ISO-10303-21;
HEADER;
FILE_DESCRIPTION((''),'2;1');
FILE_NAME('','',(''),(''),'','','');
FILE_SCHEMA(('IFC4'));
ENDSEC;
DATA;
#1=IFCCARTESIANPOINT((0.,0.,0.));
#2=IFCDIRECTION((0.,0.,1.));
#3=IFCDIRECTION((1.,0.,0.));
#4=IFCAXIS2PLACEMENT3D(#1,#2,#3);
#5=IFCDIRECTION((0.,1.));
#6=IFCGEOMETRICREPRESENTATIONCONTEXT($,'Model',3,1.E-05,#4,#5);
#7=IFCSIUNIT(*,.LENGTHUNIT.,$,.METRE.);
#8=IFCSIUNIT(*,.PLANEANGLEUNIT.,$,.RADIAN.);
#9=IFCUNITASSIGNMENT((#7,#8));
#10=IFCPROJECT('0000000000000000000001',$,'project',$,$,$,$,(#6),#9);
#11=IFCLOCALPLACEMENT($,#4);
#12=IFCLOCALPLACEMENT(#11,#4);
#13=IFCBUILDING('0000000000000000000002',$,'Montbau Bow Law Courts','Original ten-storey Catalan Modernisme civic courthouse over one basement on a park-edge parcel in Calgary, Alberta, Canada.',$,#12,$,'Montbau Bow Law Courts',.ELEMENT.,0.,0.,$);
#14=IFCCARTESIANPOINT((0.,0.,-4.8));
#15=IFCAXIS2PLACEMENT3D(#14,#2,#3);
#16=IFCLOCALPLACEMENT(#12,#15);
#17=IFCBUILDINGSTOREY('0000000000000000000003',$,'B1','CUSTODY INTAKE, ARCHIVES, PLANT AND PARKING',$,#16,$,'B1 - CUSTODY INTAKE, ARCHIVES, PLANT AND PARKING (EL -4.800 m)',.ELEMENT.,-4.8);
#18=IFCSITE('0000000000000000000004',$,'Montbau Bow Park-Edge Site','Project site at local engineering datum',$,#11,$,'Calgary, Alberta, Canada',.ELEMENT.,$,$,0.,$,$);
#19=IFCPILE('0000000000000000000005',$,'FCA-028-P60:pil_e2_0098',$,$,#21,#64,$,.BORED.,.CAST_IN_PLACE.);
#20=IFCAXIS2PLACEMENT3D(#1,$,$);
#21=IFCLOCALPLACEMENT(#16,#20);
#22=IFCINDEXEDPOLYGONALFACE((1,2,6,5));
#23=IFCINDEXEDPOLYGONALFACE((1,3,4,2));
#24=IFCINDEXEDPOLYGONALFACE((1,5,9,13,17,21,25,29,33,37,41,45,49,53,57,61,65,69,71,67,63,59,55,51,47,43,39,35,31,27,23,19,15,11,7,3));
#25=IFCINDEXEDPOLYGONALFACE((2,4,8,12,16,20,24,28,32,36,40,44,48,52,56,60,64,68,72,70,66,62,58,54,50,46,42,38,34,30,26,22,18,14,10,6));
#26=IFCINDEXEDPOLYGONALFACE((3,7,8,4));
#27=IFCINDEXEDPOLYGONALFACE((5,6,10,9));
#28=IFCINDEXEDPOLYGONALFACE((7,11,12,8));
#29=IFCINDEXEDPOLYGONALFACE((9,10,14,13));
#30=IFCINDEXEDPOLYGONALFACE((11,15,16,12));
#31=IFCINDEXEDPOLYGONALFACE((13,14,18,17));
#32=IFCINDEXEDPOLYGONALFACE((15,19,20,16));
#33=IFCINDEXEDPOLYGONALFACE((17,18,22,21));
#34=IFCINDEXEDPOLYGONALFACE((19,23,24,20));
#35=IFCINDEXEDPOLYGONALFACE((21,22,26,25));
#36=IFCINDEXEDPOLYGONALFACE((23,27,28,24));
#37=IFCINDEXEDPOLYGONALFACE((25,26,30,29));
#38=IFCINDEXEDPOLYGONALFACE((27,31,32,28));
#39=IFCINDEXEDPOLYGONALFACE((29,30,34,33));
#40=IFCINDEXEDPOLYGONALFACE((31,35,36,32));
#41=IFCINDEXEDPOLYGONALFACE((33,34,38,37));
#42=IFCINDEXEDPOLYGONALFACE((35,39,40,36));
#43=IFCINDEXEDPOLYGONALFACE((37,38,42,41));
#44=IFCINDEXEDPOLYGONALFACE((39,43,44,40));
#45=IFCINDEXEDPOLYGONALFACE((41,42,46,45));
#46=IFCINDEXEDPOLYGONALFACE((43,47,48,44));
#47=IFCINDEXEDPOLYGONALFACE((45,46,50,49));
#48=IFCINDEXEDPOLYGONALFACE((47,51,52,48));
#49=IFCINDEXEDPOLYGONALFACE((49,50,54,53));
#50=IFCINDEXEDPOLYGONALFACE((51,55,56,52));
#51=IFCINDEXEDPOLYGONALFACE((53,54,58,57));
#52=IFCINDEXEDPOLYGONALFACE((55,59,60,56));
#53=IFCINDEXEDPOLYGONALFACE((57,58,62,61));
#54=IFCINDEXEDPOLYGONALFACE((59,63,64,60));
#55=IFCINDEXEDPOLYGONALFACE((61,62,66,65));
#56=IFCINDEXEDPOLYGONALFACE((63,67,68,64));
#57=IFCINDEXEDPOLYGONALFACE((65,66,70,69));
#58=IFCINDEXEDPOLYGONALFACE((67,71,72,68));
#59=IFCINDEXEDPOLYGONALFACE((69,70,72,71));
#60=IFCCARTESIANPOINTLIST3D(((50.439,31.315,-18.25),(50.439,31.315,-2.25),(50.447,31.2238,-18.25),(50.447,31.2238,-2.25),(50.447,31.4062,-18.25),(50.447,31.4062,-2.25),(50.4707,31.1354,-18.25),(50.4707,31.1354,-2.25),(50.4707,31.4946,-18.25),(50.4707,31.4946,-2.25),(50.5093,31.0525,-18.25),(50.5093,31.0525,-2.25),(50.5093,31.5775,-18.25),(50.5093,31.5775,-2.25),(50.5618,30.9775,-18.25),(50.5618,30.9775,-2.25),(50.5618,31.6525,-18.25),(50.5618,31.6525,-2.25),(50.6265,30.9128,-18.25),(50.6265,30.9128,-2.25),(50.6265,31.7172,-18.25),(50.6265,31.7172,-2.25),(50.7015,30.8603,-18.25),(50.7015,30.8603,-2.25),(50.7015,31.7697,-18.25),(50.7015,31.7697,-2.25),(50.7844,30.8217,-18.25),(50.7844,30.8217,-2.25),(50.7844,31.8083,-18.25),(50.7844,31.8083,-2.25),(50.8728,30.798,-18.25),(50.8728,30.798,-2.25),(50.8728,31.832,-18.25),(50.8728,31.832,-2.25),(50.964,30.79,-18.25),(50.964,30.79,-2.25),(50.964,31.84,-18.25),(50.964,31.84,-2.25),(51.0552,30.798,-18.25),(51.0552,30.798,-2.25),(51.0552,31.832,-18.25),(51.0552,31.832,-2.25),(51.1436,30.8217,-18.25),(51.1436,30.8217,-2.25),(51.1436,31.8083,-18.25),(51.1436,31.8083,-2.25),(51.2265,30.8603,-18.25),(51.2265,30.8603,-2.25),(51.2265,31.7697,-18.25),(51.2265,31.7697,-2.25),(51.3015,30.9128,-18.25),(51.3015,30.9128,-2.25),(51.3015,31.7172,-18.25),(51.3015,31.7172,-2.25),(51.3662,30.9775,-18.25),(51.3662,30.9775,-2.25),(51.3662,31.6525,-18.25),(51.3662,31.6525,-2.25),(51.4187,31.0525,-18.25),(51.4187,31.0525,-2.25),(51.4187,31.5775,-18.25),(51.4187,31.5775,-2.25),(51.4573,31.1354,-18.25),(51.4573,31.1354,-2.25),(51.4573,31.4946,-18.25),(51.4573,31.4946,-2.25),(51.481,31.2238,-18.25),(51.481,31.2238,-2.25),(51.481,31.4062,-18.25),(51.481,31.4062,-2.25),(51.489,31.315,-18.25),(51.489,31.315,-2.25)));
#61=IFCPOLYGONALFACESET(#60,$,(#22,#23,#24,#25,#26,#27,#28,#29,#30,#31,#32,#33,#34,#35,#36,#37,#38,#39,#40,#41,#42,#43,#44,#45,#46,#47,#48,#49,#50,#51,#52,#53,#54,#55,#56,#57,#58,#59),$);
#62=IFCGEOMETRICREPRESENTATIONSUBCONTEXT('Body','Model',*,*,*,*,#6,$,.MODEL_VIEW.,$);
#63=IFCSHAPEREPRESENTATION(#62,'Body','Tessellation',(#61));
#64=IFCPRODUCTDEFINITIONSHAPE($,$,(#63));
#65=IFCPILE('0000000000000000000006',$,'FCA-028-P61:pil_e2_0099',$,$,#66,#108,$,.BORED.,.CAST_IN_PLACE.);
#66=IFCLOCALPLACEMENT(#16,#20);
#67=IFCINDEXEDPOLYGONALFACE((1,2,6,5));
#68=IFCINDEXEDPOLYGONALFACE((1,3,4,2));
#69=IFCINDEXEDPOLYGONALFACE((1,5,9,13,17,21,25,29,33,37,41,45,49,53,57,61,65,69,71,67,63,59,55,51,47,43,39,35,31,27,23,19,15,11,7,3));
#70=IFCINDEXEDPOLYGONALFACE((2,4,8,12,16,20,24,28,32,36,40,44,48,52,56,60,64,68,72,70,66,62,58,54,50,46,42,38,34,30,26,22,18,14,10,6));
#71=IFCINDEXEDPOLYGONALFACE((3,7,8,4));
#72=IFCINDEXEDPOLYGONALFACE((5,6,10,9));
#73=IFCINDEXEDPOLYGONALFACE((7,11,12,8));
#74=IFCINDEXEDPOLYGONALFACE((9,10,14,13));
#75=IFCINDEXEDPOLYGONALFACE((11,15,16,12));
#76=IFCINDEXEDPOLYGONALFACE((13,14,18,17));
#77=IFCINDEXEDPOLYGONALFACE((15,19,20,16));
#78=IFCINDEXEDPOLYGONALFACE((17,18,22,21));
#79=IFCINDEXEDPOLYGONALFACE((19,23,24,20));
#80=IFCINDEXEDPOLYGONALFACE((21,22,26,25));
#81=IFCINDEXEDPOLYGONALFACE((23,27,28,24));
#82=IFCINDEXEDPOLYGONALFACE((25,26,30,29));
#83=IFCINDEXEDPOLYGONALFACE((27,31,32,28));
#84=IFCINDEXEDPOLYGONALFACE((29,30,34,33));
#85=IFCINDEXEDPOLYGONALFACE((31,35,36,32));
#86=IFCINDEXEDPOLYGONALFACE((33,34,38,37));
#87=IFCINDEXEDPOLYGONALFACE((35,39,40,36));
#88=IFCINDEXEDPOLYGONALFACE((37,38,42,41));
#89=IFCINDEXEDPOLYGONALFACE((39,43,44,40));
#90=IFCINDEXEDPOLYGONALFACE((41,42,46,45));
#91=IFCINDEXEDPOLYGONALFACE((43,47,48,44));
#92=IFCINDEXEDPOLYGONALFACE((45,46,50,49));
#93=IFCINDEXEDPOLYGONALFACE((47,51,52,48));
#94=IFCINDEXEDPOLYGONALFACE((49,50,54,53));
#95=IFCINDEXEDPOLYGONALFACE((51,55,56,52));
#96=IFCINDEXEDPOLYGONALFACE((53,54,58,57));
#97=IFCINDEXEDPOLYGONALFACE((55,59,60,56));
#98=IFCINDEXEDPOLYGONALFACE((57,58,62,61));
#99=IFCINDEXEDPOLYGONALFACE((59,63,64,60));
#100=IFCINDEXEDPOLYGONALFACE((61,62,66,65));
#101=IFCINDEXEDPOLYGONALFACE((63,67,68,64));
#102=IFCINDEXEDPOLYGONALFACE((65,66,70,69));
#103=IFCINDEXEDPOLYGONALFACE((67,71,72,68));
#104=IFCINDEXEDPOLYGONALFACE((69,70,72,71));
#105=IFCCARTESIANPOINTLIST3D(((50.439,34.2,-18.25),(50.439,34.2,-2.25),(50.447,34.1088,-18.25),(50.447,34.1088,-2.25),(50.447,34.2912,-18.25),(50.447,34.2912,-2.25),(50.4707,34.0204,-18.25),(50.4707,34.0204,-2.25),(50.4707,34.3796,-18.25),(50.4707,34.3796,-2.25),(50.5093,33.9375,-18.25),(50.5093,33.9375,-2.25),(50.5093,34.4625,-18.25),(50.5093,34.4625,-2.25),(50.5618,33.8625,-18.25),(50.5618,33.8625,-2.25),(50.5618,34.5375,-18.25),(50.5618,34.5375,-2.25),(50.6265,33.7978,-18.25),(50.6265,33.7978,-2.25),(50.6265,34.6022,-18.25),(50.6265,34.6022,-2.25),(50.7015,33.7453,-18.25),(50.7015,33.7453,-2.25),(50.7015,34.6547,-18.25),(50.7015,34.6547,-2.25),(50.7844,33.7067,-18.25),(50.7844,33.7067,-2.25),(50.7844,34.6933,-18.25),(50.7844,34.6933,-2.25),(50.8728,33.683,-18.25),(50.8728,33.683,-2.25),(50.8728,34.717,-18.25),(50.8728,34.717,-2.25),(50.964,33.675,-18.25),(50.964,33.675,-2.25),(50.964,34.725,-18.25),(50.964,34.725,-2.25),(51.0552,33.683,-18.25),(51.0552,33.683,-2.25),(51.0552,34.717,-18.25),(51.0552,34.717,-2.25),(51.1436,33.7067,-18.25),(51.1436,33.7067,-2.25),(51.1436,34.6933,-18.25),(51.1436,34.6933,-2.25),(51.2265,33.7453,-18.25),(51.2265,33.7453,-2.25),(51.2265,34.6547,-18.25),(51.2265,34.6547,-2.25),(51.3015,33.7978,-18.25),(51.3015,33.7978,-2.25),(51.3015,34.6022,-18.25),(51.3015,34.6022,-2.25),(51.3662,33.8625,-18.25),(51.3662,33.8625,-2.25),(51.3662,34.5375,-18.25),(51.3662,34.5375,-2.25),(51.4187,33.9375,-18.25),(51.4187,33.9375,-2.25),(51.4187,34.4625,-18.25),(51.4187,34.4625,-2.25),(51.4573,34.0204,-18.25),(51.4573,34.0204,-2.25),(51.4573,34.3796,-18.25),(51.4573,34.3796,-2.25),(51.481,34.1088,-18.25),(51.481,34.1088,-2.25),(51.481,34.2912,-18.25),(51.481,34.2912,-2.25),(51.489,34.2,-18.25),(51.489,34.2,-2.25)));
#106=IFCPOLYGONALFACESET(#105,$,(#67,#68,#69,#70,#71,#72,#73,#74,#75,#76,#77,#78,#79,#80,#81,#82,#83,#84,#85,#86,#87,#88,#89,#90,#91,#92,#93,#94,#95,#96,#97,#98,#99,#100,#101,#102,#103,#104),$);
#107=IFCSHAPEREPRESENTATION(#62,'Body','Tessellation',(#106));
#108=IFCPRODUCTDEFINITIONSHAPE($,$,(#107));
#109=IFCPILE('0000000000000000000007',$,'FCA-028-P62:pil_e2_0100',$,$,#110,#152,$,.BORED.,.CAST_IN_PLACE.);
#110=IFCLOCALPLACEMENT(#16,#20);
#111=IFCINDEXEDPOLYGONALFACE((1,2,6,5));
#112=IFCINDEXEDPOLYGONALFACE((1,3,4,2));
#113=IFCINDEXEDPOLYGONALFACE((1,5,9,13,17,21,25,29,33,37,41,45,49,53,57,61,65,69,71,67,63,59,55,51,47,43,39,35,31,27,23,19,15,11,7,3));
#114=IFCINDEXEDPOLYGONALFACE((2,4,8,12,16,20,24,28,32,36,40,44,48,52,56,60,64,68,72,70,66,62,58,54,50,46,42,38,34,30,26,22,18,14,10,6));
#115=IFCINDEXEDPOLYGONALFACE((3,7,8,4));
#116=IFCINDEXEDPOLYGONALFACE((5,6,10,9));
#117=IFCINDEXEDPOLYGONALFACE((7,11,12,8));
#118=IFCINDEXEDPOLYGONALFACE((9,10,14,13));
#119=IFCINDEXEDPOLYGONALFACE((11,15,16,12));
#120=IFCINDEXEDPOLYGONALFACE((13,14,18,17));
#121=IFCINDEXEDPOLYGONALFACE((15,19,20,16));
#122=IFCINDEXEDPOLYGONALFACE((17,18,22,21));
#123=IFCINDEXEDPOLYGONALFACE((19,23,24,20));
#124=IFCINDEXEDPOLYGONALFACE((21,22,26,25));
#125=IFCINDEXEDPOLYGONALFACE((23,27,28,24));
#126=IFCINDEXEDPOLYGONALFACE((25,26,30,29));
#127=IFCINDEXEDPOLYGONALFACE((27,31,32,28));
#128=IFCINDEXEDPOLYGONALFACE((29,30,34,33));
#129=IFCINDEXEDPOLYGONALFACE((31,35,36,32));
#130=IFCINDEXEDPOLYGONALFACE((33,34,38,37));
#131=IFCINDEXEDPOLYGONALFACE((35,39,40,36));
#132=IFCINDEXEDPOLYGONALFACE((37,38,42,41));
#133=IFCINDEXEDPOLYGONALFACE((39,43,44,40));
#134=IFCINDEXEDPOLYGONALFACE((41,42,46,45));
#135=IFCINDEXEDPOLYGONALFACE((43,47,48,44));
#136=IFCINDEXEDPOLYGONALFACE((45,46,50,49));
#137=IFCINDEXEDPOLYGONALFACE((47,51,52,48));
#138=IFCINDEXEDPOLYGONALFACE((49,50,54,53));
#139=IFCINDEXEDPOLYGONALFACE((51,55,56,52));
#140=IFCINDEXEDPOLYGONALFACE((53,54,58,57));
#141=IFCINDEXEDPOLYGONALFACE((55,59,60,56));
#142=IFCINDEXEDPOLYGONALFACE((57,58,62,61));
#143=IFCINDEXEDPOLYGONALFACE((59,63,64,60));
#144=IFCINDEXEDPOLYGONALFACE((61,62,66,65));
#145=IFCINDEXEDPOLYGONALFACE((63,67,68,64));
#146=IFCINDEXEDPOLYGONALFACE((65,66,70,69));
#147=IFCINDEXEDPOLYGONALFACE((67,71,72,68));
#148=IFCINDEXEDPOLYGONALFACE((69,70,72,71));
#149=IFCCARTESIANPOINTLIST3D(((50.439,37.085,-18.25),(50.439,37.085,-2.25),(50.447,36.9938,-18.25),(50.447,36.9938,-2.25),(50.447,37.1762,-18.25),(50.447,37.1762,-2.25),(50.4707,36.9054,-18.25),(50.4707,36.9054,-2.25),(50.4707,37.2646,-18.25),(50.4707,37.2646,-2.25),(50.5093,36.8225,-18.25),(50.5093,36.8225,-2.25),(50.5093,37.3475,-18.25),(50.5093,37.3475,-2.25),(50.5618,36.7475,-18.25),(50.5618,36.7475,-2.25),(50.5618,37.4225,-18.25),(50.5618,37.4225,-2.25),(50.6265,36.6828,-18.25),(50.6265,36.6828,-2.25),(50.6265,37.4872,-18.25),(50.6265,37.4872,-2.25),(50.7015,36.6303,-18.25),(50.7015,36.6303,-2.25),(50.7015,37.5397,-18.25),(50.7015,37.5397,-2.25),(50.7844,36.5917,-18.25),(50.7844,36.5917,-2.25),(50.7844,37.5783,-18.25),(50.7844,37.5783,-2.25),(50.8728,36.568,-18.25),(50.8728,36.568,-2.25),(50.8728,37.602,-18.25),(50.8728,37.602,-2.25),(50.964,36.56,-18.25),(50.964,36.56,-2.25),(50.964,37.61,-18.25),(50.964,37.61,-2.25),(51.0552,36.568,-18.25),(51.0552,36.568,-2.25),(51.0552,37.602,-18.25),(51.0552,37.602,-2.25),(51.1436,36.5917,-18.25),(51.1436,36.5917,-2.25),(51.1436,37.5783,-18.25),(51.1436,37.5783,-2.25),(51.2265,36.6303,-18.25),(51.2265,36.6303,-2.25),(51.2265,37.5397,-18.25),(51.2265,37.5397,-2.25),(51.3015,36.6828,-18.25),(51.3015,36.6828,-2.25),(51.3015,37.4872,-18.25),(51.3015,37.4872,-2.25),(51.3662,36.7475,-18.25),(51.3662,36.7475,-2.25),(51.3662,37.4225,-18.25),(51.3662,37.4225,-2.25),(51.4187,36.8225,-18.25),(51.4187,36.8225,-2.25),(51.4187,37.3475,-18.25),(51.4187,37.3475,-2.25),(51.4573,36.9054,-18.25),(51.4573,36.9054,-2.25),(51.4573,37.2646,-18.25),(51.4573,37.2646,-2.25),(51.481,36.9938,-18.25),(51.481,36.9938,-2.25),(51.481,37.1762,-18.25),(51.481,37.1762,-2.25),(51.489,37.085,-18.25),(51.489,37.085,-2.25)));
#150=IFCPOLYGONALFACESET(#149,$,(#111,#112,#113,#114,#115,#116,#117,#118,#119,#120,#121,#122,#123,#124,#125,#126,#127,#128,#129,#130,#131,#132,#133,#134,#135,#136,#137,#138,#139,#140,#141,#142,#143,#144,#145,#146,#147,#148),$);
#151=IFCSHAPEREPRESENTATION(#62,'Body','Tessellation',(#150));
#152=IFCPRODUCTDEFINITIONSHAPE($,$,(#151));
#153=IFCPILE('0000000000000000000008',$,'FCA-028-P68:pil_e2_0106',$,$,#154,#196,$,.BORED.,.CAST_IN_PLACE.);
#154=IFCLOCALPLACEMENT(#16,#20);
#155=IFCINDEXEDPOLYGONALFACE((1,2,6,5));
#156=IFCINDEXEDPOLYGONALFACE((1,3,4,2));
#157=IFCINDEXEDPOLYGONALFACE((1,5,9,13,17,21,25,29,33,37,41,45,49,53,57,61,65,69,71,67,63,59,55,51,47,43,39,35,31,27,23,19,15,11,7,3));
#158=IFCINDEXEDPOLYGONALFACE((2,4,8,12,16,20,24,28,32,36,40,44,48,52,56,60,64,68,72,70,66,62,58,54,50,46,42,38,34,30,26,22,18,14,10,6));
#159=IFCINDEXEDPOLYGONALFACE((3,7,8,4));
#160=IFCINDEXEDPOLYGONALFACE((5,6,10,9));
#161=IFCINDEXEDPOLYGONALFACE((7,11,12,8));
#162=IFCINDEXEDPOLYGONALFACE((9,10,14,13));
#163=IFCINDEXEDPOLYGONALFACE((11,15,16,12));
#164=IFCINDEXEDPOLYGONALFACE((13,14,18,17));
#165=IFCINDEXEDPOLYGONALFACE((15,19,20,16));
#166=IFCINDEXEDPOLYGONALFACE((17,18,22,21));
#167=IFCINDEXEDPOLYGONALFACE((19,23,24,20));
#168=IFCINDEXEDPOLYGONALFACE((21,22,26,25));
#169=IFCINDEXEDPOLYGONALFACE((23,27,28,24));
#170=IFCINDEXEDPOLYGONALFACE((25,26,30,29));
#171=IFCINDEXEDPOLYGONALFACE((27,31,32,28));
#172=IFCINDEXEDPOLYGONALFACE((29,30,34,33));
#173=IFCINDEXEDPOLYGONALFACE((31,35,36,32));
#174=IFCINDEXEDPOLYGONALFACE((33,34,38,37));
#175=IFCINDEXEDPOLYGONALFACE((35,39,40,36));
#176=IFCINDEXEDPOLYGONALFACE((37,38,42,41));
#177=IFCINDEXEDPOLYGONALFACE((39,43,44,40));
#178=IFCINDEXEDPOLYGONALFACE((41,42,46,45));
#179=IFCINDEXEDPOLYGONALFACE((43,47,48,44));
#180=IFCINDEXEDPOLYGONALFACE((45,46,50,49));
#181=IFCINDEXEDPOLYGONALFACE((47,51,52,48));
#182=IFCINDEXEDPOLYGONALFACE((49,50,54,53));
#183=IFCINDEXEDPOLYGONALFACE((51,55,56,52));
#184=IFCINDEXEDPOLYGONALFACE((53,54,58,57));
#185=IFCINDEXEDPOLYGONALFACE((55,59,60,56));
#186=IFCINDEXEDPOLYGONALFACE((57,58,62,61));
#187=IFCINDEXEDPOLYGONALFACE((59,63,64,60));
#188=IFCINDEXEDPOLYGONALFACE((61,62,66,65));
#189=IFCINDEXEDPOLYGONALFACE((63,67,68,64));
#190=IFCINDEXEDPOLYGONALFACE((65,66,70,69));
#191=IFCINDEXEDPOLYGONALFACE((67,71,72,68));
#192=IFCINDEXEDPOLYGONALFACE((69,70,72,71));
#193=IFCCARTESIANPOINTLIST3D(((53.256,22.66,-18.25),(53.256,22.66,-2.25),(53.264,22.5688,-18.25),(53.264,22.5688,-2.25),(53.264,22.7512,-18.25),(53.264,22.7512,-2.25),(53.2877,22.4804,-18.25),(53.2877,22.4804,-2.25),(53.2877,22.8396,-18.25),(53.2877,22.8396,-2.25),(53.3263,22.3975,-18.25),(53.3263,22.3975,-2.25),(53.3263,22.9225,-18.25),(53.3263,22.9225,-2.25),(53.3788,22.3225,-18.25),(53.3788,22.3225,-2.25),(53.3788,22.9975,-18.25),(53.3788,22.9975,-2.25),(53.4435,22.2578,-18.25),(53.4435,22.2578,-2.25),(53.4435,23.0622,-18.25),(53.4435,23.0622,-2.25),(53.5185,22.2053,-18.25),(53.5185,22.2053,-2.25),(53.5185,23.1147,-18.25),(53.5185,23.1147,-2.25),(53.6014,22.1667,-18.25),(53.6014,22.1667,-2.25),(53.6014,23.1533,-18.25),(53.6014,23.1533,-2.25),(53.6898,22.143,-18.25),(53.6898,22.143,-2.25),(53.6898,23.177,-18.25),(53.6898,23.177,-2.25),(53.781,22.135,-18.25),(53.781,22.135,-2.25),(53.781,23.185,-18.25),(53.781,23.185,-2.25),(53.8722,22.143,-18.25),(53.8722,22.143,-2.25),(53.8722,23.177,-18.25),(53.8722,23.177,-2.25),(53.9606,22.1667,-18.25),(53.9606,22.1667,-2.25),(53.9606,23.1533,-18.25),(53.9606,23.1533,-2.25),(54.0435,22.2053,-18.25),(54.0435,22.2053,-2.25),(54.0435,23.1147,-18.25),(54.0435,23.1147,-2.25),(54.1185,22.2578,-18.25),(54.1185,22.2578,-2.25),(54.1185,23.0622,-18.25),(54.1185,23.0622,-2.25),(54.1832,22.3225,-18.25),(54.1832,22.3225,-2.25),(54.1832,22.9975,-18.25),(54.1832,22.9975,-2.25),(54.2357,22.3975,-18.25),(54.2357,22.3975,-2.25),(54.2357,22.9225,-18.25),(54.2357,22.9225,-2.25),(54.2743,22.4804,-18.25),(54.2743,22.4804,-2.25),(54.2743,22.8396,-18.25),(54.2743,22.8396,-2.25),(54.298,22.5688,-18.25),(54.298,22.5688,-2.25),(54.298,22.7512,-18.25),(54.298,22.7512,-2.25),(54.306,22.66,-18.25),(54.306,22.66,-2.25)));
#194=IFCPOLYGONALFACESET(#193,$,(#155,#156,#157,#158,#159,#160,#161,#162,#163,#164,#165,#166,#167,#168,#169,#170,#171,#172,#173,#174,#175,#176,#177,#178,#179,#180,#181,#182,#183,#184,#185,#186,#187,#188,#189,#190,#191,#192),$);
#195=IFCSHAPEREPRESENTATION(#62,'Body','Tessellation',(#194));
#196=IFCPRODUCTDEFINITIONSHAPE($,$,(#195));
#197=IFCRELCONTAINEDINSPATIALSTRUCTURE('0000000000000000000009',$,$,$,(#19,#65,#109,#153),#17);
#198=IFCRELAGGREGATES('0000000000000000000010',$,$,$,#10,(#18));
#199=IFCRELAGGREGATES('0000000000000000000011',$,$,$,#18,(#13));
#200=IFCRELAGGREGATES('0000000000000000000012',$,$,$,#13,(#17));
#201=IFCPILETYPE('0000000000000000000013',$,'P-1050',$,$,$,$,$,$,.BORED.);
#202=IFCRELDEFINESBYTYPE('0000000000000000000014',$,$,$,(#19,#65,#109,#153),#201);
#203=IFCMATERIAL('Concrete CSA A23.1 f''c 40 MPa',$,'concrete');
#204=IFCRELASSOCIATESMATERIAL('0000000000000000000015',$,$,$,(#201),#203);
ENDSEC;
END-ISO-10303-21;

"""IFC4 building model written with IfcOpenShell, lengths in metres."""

from ifc_helpers import new_model, si_unit, direction, frame, origin_with_axes, origin_2d_with_axis, place, context, subcontext, project, spatial, circle, extrude, material, material_profile, profile_set, type_object, element, save


model = new_model("IFC4")

# Units and contexts
model_context = context("Model", 3, precision=1e-05, world=origin_with_axes(), true_north=direction((0.0, 1.0)))
body_context = subcontext(model_context, "Body", "Model", "MODEL_VIEW")
ifc_project = project(units=[si_unit("LENGTHUNIT", "METRE"), si_unit("PLANEANGLEUNIT", "RADIAN")], contexts=[model_context])

# Site, building, storey
site_placement = place(None, origin_with_axes())
site = spatial("IfcSite", under=ifc_project, at=site_placement, Name="Montbau Bow Park-Edge Site", Description="Project site at local engineering datum", LongName="Calgary, Alberta, Canada", CompositionType="ELEMENT", RefElevation=0.0)
building_placement = place(site_placement, origin_with_axes())
building = spatial("IfcBuilding", under=site, at=building_placement, Name="Montbau Bow Law Courts", Description="Original ten-storey Catalan Modernisme civic courthouse over one basement on a park-edge parcel in Calgary, Alberta, Canada.", LongName="Montbau Bow Law Courts", CompositionType="ELEMENT", ElevationOfRefHeight=0.0, ElevationOfTerrain=0.0)
storey_placement = place(building_placement, frame((0.0, 0.0, -4.8), z_axis=(0.0, 0.0, 1.0), x_axis=(1.0, 0.0, 0.0)))
storey = spatial("IfcBuildingStorey", under=building, at=storey_placement, Name="B1", Description="CUSTODY INTAKE, ARCHIVES, PLANT AND PARKING", LongName="B1 - CUSTODY INTAKE, ARCHIVES, PLANT AND PARKING (EL -4.800 m)", CompositionType="ELEMENT", Elevation=-4.8)

# Piles
ifc_material_1 = material(Name="Concrete CSA A23.1 f'c 40 MPa", Category="concrete")
ifc_material_profile_1 = material_profile(ifc_material_1, circle(Radius=0.525, at=origin_2d_with_axis()), Name="BP1050", Category="Main", Priority=0)
ifc_profile_set_1 = profile_set([ifc_material_profile_1], Name="Concrete CSA A23.1 f'c 40 MPa")
pile_type = type_object("IfcPileType", Name="P-1050", PredefinedType="BORED", material=ifc_profile_set_1)
for number, where, z_axis, x_axis, name in (
    (1, (50.964, 31.315, -23.05), (0.0, 0.0, 1.0), (1.0, 0.0, 0.0), "FCA-028-P60:pil_e2_0098"),
    (2, (50.964, 34.2, -23.05), (0.0, 0.0, 1.0), (1.0, 0.0, 0.0), "FCA-028-P61:pil_e2_0099"),
    (3, (50.964, 37.085, -23.05), (0.0, 0.0, 1.0), (1.0, 0.0, 0.0), "FCA-028-P62:pil_e2_0100"),
    (4, (53.781, 22.66, -23.05), (0.0, 0.0, 1.0), (1.0, 0.0, 0.0), "FCA-028-P68:pil_e2_0106"),
):
    element("IfcPile", number, at=place(None, frame(where, z_axis=z_axis, x_axis=x_axis)), inside=storey, type_object=pile_type, Name=name, ConstructionType="CAST_IN_PLACE", PredefinedType="BORED", context=body_context, shape_type="SweptSolid", body=[
        extrude(circle(Radius=0.525, at=origin_2d_with_axis()), origin_with_axes(), (0.0, 0.0, 1.0), 16.0),
    ])

save(model, "model.ifc")
